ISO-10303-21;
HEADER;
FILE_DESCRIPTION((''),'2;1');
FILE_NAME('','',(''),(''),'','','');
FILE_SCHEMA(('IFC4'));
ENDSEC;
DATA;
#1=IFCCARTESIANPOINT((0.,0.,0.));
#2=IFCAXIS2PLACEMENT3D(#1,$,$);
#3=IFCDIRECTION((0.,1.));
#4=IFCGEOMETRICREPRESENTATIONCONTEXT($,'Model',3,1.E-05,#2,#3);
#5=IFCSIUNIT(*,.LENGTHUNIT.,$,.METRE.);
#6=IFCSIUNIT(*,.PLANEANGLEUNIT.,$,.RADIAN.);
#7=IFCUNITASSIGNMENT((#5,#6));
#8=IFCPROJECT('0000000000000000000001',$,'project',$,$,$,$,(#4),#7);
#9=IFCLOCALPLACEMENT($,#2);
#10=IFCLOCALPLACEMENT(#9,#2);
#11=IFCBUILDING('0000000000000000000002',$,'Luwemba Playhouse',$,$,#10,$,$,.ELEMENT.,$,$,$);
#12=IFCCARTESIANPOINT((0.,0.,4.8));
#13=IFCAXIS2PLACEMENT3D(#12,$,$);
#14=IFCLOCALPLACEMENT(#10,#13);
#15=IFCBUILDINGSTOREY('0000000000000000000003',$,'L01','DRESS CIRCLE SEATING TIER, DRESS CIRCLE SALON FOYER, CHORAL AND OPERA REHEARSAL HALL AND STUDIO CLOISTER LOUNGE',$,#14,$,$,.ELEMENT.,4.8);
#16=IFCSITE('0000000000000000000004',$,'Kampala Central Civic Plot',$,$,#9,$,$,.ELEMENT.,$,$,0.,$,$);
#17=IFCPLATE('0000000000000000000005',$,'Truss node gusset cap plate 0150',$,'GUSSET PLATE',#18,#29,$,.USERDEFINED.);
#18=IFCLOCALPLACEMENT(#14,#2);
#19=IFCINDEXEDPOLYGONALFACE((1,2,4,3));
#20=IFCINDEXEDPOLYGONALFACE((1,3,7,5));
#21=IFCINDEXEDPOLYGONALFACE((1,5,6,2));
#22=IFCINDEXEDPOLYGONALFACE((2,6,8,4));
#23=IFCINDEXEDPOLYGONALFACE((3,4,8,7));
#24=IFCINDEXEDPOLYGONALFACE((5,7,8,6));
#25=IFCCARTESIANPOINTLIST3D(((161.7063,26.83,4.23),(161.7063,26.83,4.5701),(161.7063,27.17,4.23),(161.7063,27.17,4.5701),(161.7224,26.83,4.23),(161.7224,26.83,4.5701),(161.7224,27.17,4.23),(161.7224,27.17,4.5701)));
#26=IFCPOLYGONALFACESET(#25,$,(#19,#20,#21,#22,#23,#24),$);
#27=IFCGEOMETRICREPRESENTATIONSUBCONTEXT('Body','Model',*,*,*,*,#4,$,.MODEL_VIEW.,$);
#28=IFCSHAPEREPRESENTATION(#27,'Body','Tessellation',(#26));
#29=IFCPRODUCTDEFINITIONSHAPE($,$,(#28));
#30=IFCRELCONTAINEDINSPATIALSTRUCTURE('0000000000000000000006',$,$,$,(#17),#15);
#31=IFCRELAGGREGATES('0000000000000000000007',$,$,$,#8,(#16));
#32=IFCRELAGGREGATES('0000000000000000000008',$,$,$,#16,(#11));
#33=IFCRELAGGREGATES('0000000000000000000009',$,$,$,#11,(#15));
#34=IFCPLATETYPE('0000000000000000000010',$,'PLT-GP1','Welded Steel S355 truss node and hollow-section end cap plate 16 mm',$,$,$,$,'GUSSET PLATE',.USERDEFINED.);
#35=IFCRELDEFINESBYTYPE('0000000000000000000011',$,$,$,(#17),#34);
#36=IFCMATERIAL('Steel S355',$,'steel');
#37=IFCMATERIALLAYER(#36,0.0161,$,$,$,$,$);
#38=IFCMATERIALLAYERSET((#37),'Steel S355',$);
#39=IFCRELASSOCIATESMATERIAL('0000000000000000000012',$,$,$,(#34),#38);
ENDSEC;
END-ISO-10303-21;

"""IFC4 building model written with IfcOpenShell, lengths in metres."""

from ifc_helpers import new_model, si_unit, direction, frame, origin, origin_2d, place, context, subcontext, project, spatial, rectangle, extrude, material, layer, layer_set, type_object, element, save


model = new_model("IFC4")

# Units and contexts
model_context = context("Model", 3, precision=1e-05, world=origin(), true_north=direction((0.0, 1.0)))
body_context = subcontext(model_context, "Body", "Model", "MODEL_VIEW")
ifc_project = project(units=[si_unit("LENGTHUNIT", "METRE"), si_unit("PLANEANGLEUNIT", "RADIAN")], contexts=[model_context])

# Site, building, storey
site_placement = place(None, origin())
site = spatial("IfcSite", under=ifc_project, at=site_placement, Name="Kampala Central Civic Plot", CompositionType="ELEMENT", RefElevation=0.0)
building_placement = place(site_placement, origin())
building = spatial("IfcBuilding", under=site, at=building_placement, Name="Luwemba Playhouse", CompositionType="ELEMENT")
storey_placement = place(building_placement, frame((0.0, 0.0, 4.8)))
storey = spatial("IfcBuildingStorey", under=building, at=storey_placement, Name="L01", Description="DRESS CIRCLE SEATING TIER, DRESS CIRCLE SALON FOYER, CHORAL AND OPERA REHEARSAL HALL AND STUDIO CLOISTER LOUNGE", CompositionType="ELEMENT", Elevation=4.8)

# Shared definitions
ifc_material_1 = material(Name="Steel S355", Category="steel")

# Plate
ifc_layer_1 = layer(ifc_material_1, 0.0161)
ifc_layer_set_1 = layer_set([ifc_layer_1], Name="Steel S355")
plate_type_1 = type_object("IfcPlateType", Name="PLT-GP1", Description="Welded Steel S355 truss node and hollow-section end cap plate 16 mm", ElementType="GUSSET PLATE", PredefinedType="USERDEFINED", material=ifc_layer_set_1)
plate_1_placement = place(storey_placement, frame((161.7144, 27.0, 4.23), z_axis=(0.0, 0.0, 1.0), x_axis=(1.0, 0.0, 0.0)))
element("IfcPlate", 1, at=plate_1_placement, inside=storey, type_object=plate_type_1, Name="Truss node gusset cap plate 0150", ObjectType="GUSSET PLATE", PredefinedType="USERDEFINED", context=body_context, shape_type="SweptSolid", body=[
    extrude(rectangle(XDim=0.0161, YDim=0.3401, at=origin_2d()), origin(), (0.0, 0.0, 1.0), 0.3401),
])

save(model, "model.ifc")
